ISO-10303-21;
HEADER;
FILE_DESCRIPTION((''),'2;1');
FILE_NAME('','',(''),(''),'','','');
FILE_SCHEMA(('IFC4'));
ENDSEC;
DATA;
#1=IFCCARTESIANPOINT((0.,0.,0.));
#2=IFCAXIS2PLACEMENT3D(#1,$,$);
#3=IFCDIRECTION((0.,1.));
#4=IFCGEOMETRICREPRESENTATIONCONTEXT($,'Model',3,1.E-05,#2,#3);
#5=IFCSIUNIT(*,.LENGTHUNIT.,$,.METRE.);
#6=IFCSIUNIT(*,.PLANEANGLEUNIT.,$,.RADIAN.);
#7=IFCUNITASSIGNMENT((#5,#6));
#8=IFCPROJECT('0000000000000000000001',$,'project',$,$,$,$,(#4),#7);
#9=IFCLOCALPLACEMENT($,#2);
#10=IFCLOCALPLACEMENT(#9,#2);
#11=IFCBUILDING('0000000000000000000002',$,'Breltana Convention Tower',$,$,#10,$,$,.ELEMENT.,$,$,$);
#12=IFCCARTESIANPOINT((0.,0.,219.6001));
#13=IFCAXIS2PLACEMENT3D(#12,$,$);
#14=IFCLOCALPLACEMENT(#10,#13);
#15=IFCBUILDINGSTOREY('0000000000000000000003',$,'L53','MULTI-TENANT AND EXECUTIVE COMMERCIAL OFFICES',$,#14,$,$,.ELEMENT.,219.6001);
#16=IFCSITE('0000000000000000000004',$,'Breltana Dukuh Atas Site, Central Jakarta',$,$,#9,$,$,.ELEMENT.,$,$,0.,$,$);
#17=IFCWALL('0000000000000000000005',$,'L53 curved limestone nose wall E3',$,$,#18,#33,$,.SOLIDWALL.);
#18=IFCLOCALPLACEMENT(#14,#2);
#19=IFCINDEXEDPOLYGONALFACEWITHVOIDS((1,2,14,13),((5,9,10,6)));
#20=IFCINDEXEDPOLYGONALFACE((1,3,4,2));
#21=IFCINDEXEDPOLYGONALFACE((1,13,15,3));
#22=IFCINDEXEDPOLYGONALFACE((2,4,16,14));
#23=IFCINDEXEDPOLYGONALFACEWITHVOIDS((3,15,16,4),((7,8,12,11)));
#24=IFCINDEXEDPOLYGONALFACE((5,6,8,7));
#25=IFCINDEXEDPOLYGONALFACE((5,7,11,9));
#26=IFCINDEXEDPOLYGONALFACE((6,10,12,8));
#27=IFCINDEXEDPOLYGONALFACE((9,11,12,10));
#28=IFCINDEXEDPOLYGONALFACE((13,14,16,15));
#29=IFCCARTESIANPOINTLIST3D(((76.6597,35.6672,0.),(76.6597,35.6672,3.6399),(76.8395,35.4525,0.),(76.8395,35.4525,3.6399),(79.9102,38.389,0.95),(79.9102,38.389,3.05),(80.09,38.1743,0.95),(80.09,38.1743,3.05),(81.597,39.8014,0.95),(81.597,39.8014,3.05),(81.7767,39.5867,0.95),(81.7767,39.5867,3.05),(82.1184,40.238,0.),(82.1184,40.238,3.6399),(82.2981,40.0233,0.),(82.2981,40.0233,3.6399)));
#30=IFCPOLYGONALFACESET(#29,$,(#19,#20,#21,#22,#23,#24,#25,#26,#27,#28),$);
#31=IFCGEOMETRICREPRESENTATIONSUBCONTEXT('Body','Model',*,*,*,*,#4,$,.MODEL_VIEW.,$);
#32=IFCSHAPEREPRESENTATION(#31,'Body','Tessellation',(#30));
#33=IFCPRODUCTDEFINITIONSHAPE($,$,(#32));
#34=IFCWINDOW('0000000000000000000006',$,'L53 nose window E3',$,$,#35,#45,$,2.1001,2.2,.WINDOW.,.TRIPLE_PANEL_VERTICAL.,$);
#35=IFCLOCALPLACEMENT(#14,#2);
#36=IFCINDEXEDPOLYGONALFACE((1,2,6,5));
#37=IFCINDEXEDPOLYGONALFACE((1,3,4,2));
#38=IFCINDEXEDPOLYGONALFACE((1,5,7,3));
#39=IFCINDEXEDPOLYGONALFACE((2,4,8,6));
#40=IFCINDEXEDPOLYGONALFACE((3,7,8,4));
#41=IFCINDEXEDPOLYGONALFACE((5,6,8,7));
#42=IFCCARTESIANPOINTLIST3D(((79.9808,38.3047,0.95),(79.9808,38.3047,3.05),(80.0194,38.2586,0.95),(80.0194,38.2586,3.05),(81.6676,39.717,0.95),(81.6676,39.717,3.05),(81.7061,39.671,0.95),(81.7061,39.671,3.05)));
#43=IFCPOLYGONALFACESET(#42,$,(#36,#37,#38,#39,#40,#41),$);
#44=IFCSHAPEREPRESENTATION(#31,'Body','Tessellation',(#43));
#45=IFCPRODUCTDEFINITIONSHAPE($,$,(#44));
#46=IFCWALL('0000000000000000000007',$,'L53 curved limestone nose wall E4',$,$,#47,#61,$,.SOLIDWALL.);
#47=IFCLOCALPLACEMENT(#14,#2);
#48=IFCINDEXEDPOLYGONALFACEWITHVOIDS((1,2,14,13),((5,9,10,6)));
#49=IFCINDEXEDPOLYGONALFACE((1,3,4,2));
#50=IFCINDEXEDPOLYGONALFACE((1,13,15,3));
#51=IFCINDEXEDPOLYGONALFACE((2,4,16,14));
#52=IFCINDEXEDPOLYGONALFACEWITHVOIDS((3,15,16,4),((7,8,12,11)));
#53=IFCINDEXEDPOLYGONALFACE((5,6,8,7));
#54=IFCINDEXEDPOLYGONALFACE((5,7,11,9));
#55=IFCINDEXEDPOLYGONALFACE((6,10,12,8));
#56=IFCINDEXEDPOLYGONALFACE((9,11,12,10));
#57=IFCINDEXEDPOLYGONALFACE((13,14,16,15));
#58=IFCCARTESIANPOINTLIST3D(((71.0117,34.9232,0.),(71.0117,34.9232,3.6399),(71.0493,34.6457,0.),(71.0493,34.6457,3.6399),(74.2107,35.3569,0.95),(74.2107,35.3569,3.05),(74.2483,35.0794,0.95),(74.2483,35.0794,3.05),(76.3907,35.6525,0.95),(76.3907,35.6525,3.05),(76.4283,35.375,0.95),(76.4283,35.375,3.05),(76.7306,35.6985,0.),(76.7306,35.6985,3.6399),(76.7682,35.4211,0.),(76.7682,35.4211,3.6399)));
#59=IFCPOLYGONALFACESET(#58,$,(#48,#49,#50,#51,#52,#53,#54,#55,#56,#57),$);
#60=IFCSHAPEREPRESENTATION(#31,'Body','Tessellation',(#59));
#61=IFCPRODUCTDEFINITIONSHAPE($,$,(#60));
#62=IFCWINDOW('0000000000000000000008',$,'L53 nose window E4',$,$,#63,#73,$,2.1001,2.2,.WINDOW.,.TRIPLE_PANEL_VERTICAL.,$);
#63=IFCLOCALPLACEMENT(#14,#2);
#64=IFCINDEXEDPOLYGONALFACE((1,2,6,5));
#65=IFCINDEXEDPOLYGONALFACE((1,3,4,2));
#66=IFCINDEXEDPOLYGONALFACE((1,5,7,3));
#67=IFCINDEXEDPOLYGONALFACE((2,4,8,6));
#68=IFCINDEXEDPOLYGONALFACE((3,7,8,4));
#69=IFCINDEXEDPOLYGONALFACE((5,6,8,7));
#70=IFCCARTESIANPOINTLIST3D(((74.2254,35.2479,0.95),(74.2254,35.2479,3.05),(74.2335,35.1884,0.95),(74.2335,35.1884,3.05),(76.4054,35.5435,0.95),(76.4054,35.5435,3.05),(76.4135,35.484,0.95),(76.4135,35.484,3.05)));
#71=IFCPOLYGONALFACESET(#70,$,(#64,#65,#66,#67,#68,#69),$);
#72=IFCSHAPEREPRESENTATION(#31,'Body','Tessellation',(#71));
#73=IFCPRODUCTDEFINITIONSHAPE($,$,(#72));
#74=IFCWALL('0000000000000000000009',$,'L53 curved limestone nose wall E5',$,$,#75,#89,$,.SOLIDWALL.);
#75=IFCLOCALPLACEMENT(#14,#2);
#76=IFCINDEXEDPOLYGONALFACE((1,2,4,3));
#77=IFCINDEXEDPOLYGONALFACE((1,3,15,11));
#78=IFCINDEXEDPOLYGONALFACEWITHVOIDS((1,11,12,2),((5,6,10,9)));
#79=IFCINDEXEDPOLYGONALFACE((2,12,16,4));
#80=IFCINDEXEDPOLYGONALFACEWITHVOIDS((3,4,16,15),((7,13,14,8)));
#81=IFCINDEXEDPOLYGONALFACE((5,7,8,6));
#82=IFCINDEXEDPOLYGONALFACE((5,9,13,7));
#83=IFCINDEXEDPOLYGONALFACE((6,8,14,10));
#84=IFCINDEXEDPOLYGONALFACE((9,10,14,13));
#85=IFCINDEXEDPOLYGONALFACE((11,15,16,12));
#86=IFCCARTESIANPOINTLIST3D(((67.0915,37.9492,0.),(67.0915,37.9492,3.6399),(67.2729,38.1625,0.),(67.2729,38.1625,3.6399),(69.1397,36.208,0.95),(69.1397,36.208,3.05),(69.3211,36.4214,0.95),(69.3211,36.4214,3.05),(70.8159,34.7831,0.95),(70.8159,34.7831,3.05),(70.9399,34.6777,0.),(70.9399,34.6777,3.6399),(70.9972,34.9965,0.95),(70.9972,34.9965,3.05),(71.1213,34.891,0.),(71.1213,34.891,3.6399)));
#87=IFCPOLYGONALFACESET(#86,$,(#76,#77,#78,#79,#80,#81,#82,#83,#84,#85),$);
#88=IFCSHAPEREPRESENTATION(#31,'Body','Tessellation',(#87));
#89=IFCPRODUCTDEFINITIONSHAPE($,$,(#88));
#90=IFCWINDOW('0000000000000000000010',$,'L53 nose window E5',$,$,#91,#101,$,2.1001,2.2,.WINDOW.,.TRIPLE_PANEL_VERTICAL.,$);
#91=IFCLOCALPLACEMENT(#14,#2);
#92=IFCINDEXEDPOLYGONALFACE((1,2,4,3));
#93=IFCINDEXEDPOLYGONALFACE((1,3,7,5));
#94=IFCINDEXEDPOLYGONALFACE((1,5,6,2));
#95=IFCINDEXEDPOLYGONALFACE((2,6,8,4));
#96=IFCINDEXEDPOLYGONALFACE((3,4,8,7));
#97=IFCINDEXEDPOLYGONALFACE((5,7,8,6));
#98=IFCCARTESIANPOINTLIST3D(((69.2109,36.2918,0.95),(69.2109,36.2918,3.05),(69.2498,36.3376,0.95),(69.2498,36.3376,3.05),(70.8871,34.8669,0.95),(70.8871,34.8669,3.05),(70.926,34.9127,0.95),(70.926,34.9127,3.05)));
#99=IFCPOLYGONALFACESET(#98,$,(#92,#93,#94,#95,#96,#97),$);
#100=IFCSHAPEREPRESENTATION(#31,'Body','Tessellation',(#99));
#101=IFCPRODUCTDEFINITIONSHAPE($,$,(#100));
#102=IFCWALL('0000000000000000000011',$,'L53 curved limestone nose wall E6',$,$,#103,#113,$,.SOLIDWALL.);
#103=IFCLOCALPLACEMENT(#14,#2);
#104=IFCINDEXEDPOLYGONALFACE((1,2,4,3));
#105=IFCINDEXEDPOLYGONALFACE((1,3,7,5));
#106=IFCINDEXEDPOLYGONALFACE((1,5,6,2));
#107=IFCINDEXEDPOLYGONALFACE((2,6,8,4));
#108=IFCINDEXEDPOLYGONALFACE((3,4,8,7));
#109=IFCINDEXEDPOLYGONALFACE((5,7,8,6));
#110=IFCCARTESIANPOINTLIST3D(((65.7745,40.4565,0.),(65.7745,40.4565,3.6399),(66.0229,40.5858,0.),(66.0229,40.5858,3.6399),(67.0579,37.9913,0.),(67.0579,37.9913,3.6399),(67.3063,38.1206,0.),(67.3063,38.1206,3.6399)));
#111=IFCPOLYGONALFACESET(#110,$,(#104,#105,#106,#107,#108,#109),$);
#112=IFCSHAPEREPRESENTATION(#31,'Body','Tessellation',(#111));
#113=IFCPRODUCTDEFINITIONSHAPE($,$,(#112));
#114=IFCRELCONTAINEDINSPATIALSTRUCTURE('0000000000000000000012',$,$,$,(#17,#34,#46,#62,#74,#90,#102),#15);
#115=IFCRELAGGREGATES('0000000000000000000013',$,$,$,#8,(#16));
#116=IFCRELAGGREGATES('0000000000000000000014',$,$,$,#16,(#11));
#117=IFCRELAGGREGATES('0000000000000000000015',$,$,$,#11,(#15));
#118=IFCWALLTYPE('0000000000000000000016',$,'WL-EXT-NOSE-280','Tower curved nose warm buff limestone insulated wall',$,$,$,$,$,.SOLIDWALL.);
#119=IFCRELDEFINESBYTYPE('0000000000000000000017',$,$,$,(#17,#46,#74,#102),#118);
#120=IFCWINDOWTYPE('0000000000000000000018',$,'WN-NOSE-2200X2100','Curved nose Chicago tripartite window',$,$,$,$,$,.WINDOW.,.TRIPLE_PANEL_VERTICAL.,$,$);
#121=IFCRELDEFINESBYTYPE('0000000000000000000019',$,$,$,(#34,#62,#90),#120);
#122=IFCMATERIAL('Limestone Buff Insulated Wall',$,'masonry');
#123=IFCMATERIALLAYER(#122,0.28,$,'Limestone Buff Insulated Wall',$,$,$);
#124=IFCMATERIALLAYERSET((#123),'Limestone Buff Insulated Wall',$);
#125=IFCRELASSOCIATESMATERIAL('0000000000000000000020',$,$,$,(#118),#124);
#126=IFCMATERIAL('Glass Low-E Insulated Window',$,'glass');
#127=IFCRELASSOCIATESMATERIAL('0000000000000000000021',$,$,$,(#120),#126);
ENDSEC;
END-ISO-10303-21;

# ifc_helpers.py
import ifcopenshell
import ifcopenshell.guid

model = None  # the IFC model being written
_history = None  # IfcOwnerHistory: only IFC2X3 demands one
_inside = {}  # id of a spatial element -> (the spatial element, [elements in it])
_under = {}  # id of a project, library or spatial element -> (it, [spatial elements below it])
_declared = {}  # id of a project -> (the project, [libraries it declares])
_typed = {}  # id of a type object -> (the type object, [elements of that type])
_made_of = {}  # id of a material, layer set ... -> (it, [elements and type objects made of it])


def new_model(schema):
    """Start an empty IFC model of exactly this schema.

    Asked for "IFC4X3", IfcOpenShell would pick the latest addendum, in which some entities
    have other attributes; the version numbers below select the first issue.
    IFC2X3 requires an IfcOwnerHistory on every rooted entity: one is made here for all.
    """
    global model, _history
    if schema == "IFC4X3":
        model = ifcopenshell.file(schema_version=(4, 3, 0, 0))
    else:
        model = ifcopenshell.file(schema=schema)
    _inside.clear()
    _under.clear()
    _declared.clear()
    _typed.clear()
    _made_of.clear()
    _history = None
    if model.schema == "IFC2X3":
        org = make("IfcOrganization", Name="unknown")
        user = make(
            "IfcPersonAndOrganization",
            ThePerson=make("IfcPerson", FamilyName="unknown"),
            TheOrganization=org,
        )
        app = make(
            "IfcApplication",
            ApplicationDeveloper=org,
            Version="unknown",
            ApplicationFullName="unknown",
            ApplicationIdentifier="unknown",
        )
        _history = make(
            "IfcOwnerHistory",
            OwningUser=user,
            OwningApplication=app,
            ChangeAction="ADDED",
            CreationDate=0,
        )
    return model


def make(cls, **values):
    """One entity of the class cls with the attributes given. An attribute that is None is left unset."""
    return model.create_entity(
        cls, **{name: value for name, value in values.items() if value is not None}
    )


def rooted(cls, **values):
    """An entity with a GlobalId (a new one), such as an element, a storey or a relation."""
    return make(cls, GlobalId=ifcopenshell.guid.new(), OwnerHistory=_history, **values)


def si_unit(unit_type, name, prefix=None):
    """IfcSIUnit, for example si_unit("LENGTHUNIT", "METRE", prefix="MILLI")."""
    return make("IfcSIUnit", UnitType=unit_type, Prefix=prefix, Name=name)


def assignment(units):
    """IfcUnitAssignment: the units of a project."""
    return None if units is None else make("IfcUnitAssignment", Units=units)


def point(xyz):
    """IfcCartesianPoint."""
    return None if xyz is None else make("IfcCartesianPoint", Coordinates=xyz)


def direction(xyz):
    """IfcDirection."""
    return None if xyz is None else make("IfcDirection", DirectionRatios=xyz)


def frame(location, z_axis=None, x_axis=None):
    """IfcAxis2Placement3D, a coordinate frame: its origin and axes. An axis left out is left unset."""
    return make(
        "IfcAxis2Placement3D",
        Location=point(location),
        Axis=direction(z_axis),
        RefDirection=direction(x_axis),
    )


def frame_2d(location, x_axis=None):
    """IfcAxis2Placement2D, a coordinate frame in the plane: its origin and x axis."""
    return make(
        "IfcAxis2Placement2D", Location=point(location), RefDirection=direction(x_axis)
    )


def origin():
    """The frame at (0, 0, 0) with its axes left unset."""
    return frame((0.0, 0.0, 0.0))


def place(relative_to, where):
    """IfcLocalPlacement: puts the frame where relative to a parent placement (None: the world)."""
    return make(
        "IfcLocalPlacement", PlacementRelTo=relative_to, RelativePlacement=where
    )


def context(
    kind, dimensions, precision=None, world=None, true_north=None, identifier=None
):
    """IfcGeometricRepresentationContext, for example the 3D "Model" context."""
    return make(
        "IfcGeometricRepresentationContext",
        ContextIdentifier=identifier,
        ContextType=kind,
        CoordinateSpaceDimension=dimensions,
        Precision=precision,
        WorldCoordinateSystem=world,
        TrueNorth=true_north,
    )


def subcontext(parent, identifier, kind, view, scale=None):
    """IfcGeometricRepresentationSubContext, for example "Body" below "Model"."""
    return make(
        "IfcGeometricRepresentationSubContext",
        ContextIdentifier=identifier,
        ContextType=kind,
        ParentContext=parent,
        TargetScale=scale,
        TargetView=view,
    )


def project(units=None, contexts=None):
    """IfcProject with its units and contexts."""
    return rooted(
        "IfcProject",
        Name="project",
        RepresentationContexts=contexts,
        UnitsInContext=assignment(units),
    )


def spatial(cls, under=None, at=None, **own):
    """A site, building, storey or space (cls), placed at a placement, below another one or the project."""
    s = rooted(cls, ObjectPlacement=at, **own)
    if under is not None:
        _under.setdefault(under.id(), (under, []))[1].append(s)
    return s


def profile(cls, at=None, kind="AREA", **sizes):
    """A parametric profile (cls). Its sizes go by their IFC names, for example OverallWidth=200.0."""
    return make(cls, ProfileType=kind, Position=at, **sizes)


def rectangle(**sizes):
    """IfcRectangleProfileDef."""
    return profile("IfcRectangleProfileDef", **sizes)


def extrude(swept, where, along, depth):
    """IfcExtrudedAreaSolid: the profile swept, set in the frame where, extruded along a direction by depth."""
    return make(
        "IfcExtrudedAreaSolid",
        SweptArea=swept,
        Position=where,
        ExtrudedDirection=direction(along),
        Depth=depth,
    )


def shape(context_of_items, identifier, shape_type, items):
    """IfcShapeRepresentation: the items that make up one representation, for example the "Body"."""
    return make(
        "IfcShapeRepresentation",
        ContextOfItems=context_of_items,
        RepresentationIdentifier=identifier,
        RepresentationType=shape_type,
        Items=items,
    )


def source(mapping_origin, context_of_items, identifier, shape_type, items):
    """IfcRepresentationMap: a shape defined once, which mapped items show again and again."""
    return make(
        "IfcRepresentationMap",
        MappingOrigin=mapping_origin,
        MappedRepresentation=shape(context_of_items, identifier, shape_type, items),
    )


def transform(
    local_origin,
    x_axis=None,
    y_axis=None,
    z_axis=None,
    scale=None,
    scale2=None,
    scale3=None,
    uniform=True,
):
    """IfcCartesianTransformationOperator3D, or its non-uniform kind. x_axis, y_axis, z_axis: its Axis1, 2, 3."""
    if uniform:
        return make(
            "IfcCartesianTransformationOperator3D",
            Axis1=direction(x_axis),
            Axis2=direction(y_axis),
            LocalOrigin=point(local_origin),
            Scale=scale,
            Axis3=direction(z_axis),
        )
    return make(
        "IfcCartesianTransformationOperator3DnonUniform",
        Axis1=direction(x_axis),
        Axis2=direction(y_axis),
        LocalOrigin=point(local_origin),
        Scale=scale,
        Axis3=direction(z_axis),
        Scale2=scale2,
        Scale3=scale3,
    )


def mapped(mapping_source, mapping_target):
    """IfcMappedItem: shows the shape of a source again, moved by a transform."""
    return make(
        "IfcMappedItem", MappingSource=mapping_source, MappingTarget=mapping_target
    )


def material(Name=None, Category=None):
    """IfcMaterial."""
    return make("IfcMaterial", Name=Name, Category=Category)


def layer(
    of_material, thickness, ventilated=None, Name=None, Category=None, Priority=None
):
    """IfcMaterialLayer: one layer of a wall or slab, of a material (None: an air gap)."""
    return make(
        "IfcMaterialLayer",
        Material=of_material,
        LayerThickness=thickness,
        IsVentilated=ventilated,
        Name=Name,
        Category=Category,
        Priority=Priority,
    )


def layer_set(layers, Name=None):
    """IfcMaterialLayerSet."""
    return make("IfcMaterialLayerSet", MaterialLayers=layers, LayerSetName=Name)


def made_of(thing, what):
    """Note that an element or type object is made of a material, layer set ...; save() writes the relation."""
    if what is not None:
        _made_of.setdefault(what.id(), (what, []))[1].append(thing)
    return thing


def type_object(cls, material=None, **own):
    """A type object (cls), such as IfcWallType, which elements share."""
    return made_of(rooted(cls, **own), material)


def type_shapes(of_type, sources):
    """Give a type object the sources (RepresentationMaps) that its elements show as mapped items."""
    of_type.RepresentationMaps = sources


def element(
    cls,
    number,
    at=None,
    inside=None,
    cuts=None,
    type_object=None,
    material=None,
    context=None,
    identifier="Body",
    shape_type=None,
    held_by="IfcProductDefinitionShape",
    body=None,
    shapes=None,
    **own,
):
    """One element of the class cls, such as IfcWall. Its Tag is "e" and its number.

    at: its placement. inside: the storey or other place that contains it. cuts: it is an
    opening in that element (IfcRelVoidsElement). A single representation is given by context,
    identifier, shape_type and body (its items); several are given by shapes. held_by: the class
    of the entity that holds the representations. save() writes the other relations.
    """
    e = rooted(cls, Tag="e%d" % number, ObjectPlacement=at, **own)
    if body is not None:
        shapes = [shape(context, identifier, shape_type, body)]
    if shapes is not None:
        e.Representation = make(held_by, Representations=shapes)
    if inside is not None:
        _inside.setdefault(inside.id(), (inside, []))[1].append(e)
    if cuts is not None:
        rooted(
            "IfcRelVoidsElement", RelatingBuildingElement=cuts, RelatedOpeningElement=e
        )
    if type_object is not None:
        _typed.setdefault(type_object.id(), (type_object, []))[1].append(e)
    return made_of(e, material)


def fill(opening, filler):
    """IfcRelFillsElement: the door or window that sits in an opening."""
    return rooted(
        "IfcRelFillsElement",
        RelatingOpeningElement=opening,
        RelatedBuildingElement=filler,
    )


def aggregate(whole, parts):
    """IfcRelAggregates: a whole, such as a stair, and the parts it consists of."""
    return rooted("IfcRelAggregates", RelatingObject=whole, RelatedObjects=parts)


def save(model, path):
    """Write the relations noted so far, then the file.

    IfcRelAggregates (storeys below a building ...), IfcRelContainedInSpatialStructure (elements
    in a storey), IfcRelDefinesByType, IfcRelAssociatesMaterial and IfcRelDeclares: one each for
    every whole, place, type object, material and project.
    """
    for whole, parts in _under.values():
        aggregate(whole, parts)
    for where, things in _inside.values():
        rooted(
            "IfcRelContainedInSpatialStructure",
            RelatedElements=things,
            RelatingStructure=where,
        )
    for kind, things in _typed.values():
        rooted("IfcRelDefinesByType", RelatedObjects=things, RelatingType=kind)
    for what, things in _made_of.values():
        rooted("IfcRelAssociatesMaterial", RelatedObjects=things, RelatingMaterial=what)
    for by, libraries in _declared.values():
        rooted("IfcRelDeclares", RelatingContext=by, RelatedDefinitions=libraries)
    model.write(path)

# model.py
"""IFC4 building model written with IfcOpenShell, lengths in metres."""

from ifc_helpers import new_model, si_unit, direction, frame, frame_2d, origin, place, context, subcontext, project, spatial, rectangle, extrude, source, transform, mapped, material, layer, layer_set, type_object, type_shapes, element, fill, save


model = new_model("IFC4")

# Units and contexts
model_context = context("Model", 3, precision=1e-05, world=origin(), true_north=direction((0.0, 1.0)))
body_context = subcontext(model_context, "Body", "Model", "MODEL_VIEW")
ifc_project = project(units=[si_unit("LENGTHUNIT", "METRE"), si_unit("PLANEANGLEUNIT", "RADIAN")], contexts=[model_context])

# Site, building, storey
site_placement = place(None, origin())
site = spatial("IfcSite", under=ifc_project, at=site_placement, Name="Breltana Dukuh Atas Site, Central Jakarta", CompositionType="ELEMENT", RefElevation=0.0)
building_placement = place(site_placement, origin())
building = spatial("IfcBuilding", under=site, at=building_placement, Name="Breltana Convention Tower", CompositionType="ELEMENT")
storey_placement = place(building_placement, frame((0.0, 0.0, 219.6001)))
storey = spatial("IfcBuildingStorey", under=building, at=storey_placement, Name="L53", Description="MULTI-TENANT AND EXECUTIVE COMMERCIAL OFFICES", CompositionType="ELEMENT", Elevation=219.6001)

# Walls, openings, windows
ifc_material_1 = material(Name="Limestone Buff Insulated Wall", Category="masonry")
ifc_layer_1 = layer(ifc_material_1, 0.28, Name="Limestone Buff Insulated Wall")
ifc_layer_set_1 = layer_set([ifc_layer_1], Name="Limestone Buff Insulated Wall")
wall_type = type_object("IfcWallType", Name="WL-EXT-NOSE-280", Description="Tower curved nose warm buff limestone insulated wall", PredefinedType="SOLIDWALL", material=ifc_layer_set_1)
shared_shape_1 = source(origin(), body_context, "Body", "SweptSolid", [
    extrude(rectangle(XDim=7.1196, YDim=0.28, at=frame_2d((3.5598, 0.0))), origin(), (0.0, 0.0, 1.0), 3.6399),
])
wall_1_placement = place(storey_placement, frame((82.2083, 40.1306, 0.0), z_axis=(0.0, 0.0, 1.0), x_axis=(-0.76671, -0.641994, 0.0)))
wall_1 = element("IfcWall", 1, at=wall_1_placement, inside=storey, type_object=wall_type, Name="L53 curved limestone nose wall E3", PredefinedType="SOLIDWALL", context=body_context, shape_type="MappedRepresentation", body=[
    mapped(shared_shape_1, transform((0.0, 0.0, 0.0), scale=1.0)),
])
opening_1_placement = place(wall_1_placement, frame((0.6799, 0.0, 0.95)))
opening_1 = element("IfcOpeningElement", 2, at=opening_1_placement, cuts=wall_1, PredefinedType="OPENING", context=body_context, shape_type="SweptSolid", body=[
    extrude(rectangle(XDim=2.2, YDim=2.1001, at=frame_2d((1.1001, 1.05))), frame((0.0, 0.1499, 0.0), z_axis=(0.0, -1.0, 0.0), x_axis=(1.0, 0.0, 0.0)), (0.0, 0.0, 1.0), 0.3),
])
ifc_material_2 = material(Name="Glass Low-E Insulated Window", Category="glass")
window_type = type_object("IfcWindowType", Name="WN-NOSE-2200X2100", Description="Curved nose Chicago tripartite window", PartitioningType="TRIPLE_PANEL_VERTICAL", PredefinedType="WINDOW", material=ifc_material_2)
shared_shape_2 = source(origin(), body_context, "Body", "SweptSolid", [
    extrude(rectangle(XDim=2.2, YDim=2.1001, at=frame_2d((1.1001, 1.05))), frame((0.0, 0.03, 0.0), z_axis=(0.0, -1.0, 0.0), x_axis=(1.0, 0.0, 0.0)), (0.0, 0.0, 1.0), 0.0601),
])
type_shapes(window_type, [shared_shape_2])
window_1_placement = place(opening_1_placement, origin())
window_1 = element("IfcWindow", 3, at=window_1_placement, inside=storey, type_object=window_type, Name="L53 nose window E3", OverallHeight=2.1001, OverallWidth=2.2, PartitioningType="TRIPLE_PANEL_VERTICAL", PredefinedType="WINDOW", context=body_context, shape_type="MappedRepresentation", body=[
    mapped(shared_shape_2, transform((0.0, 0.0, 0.0), scale=1.0)),
])
fill(opening_1, window_1)
shared_shape_3 = source(origin(), body_context, "Body", "SweptSolid", [
    extrude(rectangle(XDim=5.7712, YDim=0.28, at=frame_2d((2.8857, 0.0))), origin(), (0.0, 0.0, 1.0), 3.6399),
])
wall_2_placement = place(storey_placement, frame((76.7495, 35.5598, 0.0), z_axis=(0.0, 0.0, 1.0), x_axis=(-0.990934, -0.134352, 0.0)))
wall_2 = element("IfcWall", 4, at=wall_2_placement, inside=storey, type_object=wall_type, Name="L53 curved limestone nose wall E4", PredefinedType="SOLIDWALL", context=body_context, shape_type="MappedRepresentation", body=[
    mapped(shared_shape_3, transform((0.0, 0.0, 0.0), scale=1.0)),
])
opening_2_placement = place(wall_2_placement, frame((0.343, 0.0, 0.95)))
opening_2 = element("IfcOpeningElement", 5, at=opening_2_placement, cuts=wall_2, PredefinedType="OPENING", context=body_context, shape_type="SweptSolid", body=[
    extrude(rectangle(XDim=2.2, YDim=2.1001, at=frame_2d((1.1001, 1.05))), frame((0.0, 0.1499, 0.0), z_axis=(0.0, -1.0, 0.0), x_axis=(1.0, 0.0, 0.0)), (0.0, 0.0, 1.0), 0.3),
])
window_2_placement = place(opening_2_placement, origin())
window_2 = element("IfcWindow", 6, at=window_2_placement, inside=storey, type_object=window_type, Name="L53 nose window E4", OverallHeight=2.1001, OverallWidth=2.2, PartitioningType="TRIPLE_PANEL_VERTICAL", PredefinedType="WINDOW", context=body_context, shape_type="MappedRepresentation", body=[
    mapped(shared_shape_2, transform((0.0, 0.0, 0.0), scale=1.0)),
])
fill(opening_2, window_2)
shared_shape_4 = source(origin(), body_context, "Body", "SweptSolid", [
    extrude(rectangle(XDim=5.051, YDim=0.28, at=frame_2d((2.5254, 0.0))), origin(), (0.0, 0.0, 1.0), 3.6399),
])
wall_3_placement = place(storey_placement, frame((71.0305, 34.7844, 0.0), z_axis=(0.0, 0.0, 1.0), x_axis=(-0.761905, 0.647689, 0.0)))
wall_3 = element("IfcWall", 7, at=wall_3_placement, inside=storey, type_object=wall_type, Name="L53 curved limestone nose wall E5", PredefinedType="SOLIDWALL", context=body_context, shape_type="MappedRepresentation", body=[
    mapped(shared_shape_4, transform((0.0, 0.0, 0.0), scale=1.0)),
])
opening_3_placement = place(wall_3_placement, frame((0.1626, 0.0, 0.95)))
opening_3 = element("IfcOpeningElement", 8, at=opening_3_placement, cuts=wall_3, PredefinedType="OPENING", context=body_context, shape_type="SweptSolid", body=[
    extrude(rectangle(XDim=2.2, YDim=2.1001, at=frame_2d((1.1001, 1.05))), frame((0.0, 0.1499, 0.0), z_axis=(0.0, -1.0, 0.0), x_axis=(1.0, 0.0, 0.0)), (0.0, 0.0, 1.0), 0.3),
])
window_3_placement = place(opening_3_placement, origin())
window_3 = element("IfcWindow", 9, at=window_3_placement, inside=storey, type_object=window_type, Name="L53 nose window E5", OverallHeight=2.1001, OverallWidth=2.2, PartitioningType="TRIPLE_PANEL_VERTICAL", PredefinedType="WINDOW", context=body_context, shape_type="MappedRepresentation", body=[
    mapped(shared_shape_2, transform((0.0, 0.0, 0.0), scale=1.0)),
])
fill(opening_3, window_3)

# Wall
shared_shape_5 = source(origin(), body_context, "Body", "SweptSolid", [
    extrude(rectangle(XDim=2.7793, YDim=0.28, at=frame_2d((1.3896, 0.0))), origin(), (0.0, 0.0, 1.0), 3.6399),
])
wall_4_placement = place(storey_placement, frame((67.1821, 38.0559, 0.0), z_axis=(0.0, 0.0, 1.0), x_axis=(-0.46177, 0.887, 0.0)))
element("IfcWall", 10, at=wall_4_placement, inside=storey, type_object=wall_type, Name="L53 curved limestone nose wall E6", PredefinedType="SOLIDWALL", context=body_context, shape_type="MappedRepresentation", body=[
    mapped(shared_shape_5, transform((0.0, 0.0, 0.0), scale=1.0)),
])

save(model, "model.ifc")
